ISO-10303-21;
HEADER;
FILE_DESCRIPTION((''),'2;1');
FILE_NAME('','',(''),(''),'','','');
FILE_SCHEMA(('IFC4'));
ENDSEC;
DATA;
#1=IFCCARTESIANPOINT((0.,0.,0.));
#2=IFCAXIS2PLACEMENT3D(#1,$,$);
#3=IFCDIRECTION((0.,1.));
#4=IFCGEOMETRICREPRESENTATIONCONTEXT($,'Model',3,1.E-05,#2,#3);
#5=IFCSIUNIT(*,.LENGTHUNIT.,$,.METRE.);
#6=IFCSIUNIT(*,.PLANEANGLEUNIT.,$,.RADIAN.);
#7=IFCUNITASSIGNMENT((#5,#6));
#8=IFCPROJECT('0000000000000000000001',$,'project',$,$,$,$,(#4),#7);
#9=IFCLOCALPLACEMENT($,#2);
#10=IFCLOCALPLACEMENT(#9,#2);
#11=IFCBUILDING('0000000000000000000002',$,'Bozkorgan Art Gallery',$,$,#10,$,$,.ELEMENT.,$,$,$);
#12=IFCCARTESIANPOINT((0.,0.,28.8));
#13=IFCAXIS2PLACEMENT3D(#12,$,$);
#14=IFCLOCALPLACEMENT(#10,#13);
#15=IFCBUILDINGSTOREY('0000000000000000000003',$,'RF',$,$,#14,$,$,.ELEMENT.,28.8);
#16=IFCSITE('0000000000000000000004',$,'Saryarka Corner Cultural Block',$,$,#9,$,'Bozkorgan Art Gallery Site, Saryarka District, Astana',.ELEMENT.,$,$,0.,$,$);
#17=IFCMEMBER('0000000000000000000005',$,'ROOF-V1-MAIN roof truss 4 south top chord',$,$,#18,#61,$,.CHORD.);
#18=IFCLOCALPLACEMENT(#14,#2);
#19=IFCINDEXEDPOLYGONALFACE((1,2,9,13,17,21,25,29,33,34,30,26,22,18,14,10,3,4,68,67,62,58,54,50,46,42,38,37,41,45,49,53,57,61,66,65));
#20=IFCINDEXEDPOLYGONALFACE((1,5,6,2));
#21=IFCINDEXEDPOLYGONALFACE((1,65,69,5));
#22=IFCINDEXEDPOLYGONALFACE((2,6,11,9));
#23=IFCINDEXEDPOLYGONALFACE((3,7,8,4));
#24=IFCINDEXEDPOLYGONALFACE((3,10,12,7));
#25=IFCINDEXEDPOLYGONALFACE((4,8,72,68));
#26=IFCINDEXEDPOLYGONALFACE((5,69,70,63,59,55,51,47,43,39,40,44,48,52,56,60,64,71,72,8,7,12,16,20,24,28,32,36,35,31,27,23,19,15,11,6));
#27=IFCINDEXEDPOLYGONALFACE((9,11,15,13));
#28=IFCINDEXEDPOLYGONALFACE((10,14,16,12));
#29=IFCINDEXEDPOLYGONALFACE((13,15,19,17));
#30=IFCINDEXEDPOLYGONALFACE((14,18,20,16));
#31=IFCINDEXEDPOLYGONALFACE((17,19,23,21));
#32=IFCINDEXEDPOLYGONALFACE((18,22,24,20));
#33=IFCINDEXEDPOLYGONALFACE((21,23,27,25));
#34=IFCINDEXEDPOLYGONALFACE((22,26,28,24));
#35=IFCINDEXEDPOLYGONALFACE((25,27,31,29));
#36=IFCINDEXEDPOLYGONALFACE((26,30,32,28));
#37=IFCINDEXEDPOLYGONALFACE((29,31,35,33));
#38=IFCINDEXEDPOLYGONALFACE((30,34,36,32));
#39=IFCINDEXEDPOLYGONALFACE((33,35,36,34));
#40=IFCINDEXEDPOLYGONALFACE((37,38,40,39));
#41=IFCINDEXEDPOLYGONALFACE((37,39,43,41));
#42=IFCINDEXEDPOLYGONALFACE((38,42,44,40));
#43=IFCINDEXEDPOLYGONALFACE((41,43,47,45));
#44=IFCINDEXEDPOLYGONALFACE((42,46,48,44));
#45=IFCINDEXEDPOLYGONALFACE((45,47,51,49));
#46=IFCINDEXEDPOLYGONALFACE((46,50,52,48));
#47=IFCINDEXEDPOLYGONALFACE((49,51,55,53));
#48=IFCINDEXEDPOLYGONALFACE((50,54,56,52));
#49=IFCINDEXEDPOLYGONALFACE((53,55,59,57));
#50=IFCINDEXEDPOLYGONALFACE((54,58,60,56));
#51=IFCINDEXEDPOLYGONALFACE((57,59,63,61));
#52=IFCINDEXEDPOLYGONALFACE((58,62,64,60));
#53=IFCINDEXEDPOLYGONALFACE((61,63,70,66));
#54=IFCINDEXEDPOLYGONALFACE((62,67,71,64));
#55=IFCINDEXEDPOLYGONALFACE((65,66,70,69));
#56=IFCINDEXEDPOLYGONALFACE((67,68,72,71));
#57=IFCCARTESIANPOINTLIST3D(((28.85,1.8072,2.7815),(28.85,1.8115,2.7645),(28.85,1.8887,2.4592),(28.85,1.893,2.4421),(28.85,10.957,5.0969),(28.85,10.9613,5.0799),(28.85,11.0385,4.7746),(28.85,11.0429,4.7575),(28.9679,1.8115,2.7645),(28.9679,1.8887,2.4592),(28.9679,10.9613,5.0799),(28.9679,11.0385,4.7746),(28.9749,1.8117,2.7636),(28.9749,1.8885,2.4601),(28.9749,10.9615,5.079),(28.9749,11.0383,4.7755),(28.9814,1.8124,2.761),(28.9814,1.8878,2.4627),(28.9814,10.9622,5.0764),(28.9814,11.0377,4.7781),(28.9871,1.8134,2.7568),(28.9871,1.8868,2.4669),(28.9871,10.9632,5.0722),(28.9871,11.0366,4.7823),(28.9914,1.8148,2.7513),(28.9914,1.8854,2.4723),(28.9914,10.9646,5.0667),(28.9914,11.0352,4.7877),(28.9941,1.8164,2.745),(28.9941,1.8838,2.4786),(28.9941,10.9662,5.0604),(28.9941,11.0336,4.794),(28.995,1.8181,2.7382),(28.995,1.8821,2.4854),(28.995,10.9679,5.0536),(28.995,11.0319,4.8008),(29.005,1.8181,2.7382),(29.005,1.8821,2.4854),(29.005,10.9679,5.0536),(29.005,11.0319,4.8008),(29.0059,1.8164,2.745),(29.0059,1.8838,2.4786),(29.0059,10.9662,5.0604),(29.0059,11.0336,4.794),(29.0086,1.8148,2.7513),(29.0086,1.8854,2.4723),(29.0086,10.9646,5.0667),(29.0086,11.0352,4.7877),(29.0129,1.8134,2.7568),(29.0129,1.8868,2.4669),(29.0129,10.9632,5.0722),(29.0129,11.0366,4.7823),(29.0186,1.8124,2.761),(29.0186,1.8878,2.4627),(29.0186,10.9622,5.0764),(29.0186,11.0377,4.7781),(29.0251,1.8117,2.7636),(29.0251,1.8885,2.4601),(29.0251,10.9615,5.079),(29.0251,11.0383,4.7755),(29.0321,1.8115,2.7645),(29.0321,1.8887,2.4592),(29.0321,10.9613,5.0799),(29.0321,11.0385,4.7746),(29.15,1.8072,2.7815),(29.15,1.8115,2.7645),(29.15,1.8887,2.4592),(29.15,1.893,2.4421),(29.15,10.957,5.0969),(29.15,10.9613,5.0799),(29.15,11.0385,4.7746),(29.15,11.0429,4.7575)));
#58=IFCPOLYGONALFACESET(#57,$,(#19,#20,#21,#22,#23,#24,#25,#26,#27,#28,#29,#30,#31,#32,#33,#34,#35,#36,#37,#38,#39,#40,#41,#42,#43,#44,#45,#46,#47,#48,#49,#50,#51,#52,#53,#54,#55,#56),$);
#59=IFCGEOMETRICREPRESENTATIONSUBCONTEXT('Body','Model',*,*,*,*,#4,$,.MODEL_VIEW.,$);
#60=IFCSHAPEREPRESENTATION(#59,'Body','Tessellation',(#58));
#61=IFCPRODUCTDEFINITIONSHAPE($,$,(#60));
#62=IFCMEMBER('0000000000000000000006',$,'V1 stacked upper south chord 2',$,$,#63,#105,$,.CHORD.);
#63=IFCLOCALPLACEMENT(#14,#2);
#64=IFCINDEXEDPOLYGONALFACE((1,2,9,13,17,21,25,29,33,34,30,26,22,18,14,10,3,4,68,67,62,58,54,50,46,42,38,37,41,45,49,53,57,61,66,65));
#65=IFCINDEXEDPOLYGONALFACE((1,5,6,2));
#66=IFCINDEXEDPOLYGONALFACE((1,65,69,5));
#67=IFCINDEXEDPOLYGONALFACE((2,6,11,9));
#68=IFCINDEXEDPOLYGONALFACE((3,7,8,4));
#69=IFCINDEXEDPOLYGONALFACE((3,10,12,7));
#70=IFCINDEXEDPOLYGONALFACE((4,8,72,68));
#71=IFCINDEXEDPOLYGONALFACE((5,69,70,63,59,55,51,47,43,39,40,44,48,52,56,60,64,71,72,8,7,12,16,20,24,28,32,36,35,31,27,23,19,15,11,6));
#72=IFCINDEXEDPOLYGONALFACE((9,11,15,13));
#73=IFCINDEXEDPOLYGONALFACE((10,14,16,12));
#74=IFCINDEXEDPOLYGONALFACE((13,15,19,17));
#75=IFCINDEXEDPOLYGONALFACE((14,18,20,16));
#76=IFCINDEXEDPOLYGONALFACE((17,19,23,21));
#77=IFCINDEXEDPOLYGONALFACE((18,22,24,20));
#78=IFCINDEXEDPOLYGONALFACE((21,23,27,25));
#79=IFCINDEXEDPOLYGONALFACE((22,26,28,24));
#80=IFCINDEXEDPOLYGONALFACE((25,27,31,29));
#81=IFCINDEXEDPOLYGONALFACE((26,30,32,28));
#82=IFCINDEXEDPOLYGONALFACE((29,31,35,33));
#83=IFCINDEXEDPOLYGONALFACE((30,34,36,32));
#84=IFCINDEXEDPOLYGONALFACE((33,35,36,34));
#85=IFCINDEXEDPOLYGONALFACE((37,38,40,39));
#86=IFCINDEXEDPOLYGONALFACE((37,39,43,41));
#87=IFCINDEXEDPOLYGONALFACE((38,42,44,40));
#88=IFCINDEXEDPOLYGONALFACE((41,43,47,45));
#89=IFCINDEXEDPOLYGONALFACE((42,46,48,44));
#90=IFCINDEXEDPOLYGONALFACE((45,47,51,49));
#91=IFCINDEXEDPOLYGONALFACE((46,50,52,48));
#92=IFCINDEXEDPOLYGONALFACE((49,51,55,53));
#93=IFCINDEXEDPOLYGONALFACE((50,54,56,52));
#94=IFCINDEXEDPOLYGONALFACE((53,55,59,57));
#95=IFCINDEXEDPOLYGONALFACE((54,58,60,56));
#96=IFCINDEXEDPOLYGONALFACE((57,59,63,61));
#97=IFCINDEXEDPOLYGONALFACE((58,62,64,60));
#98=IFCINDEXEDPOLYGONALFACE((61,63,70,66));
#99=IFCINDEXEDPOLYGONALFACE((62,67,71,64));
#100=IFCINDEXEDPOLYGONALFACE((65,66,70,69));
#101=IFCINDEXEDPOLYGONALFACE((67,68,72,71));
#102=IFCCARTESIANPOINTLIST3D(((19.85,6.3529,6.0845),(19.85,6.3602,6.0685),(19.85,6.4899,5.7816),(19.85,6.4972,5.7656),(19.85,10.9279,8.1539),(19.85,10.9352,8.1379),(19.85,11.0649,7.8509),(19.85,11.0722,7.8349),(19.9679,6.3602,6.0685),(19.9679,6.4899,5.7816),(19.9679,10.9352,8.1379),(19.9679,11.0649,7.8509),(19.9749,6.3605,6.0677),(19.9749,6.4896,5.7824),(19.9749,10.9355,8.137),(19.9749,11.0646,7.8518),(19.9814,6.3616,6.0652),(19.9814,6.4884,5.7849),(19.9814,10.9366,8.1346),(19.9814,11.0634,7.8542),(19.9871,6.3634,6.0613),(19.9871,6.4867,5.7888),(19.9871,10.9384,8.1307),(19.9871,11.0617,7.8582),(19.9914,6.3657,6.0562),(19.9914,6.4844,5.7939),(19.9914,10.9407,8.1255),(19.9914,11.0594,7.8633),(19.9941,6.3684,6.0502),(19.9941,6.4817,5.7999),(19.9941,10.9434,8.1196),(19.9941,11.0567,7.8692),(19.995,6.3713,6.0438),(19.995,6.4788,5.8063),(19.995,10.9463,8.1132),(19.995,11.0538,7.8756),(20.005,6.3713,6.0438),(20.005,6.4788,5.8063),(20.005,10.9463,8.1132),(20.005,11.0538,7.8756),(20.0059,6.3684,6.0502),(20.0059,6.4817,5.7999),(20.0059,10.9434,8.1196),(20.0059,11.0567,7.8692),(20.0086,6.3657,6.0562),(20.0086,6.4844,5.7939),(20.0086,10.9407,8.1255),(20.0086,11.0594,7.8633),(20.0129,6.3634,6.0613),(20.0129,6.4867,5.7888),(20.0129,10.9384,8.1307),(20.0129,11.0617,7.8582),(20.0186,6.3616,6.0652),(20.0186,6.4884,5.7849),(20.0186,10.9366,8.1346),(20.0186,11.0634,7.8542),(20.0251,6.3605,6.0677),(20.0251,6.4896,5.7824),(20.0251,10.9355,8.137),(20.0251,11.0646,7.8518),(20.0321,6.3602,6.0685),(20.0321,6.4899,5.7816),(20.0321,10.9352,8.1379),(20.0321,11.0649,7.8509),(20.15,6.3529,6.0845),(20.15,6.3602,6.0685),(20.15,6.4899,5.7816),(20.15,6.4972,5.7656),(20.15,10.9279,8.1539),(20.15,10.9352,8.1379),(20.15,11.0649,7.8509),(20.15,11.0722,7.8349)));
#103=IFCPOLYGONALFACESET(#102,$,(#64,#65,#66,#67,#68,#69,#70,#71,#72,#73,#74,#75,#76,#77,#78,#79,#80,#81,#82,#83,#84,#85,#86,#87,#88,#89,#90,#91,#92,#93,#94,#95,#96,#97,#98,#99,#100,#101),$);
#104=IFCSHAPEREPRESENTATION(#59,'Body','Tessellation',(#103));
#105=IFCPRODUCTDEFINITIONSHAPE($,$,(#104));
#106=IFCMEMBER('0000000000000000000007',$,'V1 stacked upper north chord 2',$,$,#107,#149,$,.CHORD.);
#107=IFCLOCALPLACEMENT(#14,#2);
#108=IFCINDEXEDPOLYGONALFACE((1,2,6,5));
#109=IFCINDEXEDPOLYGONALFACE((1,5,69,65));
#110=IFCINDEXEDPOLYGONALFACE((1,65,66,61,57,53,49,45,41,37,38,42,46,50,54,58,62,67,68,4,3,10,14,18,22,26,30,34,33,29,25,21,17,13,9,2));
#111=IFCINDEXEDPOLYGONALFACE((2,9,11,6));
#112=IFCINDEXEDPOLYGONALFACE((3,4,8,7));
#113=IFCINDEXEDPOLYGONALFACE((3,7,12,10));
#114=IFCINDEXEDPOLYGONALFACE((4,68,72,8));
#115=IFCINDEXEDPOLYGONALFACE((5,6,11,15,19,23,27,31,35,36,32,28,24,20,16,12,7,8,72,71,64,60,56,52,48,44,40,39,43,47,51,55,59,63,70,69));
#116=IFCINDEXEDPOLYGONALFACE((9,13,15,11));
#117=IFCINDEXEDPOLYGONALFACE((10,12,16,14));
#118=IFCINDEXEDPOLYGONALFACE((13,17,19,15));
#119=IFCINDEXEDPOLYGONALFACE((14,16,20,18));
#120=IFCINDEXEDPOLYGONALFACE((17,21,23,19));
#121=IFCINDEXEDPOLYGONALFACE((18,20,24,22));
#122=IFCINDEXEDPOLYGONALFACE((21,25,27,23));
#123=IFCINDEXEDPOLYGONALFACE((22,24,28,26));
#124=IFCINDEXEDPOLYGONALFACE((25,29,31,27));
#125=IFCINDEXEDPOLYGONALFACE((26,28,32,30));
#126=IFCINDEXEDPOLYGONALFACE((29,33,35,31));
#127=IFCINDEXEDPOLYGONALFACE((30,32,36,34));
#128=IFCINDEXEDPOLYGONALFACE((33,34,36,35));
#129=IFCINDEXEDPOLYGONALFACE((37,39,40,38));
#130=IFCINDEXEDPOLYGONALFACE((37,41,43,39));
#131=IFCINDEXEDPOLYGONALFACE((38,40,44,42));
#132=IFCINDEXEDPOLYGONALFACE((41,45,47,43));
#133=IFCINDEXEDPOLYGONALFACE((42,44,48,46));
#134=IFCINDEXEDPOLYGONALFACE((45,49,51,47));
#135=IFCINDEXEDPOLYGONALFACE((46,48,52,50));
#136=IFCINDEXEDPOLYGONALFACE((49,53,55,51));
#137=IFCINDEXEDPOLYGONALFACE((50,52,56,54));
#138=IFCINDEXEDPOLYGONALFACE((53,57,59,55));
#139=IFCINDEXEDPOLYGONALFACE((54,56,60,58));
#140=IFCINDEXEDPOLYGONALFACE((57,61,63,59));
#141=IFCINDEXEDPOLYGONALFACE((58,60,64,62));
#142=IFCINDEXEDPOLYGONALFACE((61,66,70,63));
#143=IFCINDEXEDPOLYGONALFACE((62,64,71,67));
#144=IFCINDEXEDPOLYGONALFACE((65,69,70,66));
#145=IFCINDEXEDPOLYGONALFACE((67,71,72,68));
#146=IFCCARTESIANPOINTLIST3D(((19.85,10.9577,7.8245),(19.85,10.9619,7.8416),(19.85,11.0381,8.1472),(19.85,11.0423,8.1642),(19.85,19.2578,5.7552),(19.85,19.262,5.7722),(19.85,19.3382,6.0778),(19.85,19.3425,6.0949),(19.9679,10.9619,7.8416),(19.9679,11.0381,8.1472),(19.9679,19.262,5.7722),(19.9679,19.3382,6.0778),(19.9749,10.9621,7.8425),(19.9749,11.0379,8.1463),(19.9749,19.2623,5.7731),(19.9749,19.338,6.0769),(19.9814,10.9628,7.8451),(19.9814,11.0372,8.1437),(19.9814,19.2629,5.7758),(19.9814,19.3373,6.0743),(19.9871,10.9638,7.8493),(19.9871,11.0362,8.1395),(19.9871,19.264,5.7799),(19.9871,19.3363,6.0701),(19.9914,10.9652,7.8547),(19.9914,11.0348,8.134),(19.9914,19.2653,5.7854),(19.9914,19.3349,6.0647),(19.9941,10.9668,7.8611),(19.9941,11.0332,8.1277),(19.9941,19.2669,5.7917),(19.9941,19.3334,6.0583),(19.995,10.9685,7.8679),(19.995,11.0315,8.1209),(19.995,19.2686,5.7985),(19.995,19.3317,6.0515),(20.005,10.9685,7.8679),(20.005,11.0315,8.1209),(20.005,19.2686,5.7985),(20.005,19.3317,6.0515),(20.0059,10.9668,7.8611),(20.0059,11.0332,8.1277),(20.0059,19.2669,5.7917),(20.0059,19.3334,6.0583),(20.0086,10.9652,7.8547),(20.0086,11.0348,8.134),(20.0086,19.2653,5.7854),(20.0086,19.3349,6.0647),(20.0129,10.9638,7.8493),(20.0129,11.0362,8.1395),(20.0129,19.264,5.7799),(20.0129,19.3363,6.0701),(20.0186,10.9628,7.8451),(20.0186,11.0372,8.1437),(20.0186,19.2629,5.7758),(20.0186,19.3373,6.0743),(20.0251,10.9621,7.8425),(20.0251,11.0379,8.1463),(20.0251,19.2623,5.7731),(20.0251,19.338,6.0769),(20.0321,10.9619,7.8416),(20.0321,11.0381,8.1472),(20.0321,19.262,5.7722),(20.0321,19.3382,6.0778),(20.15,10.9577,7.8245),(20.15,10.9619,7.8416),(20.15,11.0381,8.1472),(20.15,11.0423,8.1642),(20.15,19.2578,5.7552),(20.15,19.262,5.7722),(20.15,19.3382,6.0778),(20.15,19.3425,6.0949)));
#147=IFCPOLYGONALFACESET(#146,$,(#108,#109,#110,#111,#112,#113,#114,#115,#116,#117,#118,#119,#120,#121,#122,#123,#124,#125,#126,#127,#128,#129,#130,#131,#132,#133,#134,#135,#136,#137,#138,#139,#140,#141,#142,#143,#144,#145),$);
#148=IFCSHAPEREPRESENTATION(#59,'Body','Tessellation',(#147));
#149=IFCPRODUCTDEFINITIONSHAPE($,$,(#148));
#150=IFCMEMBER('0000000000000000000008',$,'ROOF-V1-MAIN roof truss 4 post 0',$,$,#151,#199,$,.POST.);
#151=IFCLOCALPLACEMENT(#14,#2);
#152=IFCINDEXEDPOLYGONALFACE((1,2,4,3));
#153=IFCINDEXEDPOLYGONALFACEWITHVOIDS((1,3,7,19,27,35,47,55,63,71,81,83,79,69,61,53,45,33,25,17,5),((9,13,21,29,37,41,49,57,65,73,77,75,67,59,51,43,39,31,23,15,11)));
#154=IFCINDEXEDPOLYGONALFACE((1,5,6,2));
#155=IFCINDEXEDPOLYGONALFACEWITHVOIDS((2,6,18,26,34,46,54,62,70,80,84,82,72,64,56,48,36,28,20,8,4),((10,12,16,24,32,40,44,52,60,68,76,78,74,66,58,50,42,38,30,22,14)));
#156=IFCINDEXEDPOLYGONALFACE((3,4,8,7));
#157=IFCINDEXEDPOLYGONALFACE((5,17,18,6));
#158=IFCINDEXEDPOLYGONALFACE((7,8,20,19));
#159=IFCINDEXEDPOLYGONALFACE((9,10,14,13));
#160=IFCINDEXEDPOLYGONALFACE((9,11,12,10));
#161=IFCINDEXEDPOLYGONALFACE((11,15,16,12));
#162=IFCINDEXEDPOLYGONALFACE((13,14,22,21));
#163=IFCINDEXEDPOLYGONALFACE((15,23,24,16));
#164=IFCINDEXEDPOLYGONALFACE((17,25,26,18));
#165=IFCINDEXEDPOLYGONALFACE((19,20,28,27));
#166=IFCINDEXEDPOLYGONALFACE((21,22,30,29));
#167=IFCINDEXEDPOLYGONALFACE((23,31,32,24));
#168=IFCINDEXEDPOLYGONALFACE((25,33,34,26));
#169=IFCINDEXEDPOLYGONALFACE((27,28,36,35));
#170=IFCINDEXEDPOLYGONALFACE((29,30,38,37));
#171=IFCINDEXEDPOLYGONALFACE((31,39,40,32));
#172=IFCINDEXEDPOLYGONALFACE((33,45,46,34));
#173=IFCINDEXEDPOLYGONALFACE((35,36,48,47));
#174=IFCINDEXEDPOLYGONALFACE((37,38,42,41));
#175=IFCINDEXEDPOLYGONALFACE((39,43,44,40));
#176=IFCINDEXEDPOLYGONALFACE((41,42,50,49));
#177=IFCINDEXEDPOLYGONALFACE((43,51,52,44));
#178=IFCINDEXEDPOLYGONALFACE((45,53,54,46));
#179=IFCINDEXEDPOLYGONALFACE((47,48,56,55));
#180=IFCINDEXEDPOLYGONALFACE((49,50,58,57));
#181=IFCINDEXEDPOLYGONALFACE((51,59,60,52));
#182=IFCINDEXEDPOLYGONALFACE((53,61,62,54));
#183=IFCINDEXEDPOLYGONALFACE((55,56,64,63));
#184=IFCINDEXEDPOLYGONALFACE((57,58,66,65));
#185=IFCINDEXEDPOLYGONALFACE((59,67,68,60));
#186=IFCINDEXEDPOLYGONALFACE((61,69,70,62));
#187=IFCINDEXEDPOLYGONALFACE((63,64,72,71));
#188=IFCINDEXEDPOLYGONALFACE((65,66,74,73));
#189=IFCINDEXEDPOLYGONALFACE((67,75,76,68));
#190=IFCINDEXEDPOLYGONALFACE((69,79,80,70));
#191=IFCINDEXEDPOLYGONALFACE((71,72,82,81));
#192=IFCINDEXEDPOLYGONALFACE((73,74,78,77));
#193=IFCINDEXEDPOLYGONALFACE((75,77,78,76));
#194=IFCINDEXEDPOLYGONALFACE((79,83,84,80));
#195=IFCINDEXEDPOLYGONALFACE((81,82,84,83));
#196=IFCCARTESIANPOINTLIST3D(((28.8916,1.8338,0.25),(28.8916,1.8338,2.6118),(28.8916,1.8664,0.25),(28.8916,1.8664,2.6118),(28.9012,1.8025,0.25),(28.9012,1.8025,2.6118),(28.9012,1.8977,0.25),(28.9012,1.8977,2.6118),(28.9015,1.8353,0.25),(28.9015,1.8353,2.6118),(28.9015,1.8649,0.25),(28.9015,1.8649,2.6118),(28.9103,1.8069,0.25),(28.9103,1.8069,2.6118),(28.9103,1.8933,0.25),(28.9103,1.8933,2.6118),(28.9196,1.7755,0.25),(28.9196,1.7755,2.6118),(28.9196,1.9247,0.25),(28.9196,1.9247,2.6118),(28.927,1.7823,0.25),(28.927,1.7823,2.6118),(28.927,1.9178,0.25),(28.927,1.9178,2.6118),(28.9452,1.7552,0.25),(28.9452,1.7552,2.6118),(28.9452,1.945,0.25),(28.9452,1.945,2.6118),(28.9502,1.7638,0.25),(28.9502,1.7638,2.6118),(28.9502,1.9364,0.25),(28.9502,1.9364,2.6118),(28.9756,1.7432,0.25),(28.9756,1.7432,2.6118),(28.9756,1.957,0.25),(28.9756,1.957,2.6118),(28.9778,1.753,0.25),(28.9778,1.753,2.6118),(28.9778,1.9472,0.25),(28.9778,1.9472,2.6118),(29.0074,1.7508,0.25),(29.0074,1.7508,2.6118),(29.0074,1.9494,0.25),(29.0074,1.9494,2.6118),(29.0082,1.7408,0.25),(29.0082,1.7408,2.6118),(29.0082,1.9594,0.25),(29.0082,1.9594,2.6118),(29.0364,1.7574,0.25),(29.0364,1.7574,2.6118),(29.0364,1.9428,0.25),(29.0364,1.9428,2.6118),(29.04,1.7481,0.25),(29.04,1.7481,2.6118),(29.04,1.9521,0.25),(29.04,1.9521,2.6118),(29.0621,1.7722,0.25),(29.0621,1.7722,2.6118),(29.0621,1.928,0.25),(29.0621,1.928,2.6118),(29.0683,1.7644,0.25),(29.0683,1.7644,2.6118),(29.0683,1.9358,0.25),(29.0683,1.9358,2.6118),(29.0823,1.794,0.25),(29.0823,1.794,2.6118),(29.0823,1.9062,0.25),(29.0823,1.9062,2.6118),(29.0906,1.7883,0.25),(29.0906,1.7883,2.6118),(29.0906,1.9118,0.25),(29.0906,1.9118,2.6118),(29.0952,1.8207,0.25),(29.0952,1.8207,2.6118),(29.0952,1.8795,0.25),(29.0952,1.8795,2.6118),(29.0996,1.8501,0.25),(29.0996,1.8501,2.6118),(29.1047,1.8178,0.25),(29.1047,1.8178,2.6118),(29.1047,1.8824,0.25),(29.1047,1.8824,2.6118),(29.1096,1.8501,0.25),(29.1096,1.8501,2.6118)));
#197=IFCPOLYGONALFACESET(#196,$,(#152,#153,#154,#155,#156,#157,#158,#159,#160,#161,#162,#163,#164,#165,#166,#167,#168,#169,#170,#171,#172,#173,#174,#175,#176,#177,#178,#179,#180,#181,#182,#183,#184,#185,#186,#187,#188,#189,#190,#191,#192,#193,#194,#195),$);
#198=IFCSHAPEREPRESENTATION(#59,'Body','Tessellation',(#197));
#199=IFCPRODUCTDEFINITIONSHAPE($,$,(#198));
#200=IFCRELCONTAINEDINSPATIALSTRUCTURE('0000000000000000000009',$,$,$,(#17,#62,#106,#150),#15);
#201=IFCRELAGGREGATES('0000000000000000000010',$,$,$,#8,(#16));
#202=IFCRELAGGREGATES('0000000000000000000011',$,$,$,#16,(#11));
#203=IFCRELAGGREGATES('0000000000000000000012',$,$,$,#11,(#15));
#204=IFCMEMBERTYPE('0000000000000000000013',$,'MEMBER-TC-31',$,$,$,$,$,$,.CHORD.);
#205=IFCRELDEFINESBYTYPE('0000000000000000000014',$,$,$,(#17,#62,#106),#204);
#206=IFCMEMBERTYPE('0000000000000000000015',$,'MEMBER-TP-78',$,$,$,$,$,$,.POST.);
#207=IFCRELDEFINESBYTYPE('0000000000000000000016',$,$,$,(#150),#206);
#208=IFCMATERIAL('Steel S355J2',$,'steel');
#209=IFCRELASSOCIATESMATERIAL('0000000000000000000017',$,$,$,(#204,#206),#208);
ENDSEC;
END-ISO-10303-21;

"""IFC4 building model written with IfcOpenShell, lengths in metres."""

from ifc_helpers import new_model, si_unit, direction, frame, origin, origin_2d, place, context, subcontext, project, spatial, hollow_circle, i_section, extrude, material, material_profile, profile_set, type_object, element, save


model = new_model("IFC4")

# Units and contexts
model_context = context("Model", 3, precision=1e-05, world=origin(), true_north=direction((0.0, 1.0)))
body_context = subcontext(model_context, "Body", "Model", "MODEL_VIEW")
ifc_project = project(units=[si_unit("LENGTHUNIT", "METRE"), si_unit("PLANEANGLEUNIT", "RADIAN")], contexts=[model_context])

# Site, building, storey
site_placement = place(None, origin())
site = spatial("IfcSite", under=ifc_project, at=site_placement, Name="Saryarka Corner Cultural Block", LongName="Bozkorgan Art Gallery Site, Saryarka District, Astana", CompositionType="ELEMENT", RefElevation=0.0)
building_placement = place(site_placement, origin())
building = spatial("IfcBuilding", under=site, at=building_placement, Name="Bozkorgan Art Gallery", CompositionType="ELEMENT")
storey_placement = place(building_placement, frame((0.0, 0.0, 28.8)))
storey = spatial("IfcBuildingStorey", under=building, at=storey_placement, Name="RF", CompositionType="ELEMENT", Elevation=28.8)

# Shared definitions
ifc_material_1 = material(Name="Steel S355J2", Category="steel")

# Members
ifc_material_profile_1 = material_profile(ifc_material_1, i_section(OverallWidth=0.3, OverallDepth=0.3501, WebThickness=0.01, FlangeThickness=0.0176, FilletRadius=0.0271, at=origin_2d()), Name="HEA 360")
ifc_profile_set_1 = profile_set([ifc_material_profile_1], Name="Steel S355J2")
member_type_1 = type_object("IfcMemberType", Name="MEMBER-TC-31", PredefinedType="CHORD", material=ifc_profile_set_1)
member_1_placement = place(storey_placement, frame((29.0, 1.8501, 2.6118), z_axis=(0.0, 0.969442, 0.245322), x_axis=(-1.0, 0.0, 0.0)))
element("IfcMember", 1, at=member_1_placement, inside=storey, type_object=member_type_1, Name="ROOF-V1-MAIN roof truss 4 south top chord", PredefinedType="CHORD", context=body_context, shape_type="SweptSolid", body=[
    extrude(i_section(OverallWidth=0.3, OverallDepth=0.3501, WebThickness=0.01, FlangeThickness=0.0176, FilletRadius=0.0271, at=origin_2d()), origin(), (0.0, 0.0, 1.0), 9.4382),
])
member_2_placement = place(storey_placement, frame((20.0, 6.425, 5.925), z_axis=(0.0, 0.911129, 0.412121), x_axis=(-1.0, 0.0, 0.0)))
element("IfcMember", 2, at=member_2_placement, inside=storey, type_object=member_type_1, Name="V1 stacked upper south chord 2", PredefinedType="CHORD", context=body_context, shape_type="SweptSolid", body=[
    extrude(i_section(OverallWidth=0.3, OverallDepth=0.3501, WebThickness=0.01, FlangeThickness=0.0176, FilletRadius=0.0271, at=origin_2d()), origin(), (0.0, 0.0, 1.0), 5.0212),
])
member_3_placement = place(storey_placement, frame((20.0, 11.0, 7.9944), z_axis=(0.0, 0.970298, -0.241911), x_axis=(-1.0, 0.0, 0.0)))
element("IfcMember", 3, at=member_3_placement, inside=storey, type_object=member_type_1, Name="V1 stacked upper north chord 2", PredefinedType="CHORD", context=body_context, shape_type="SweptSolid", body=[
    extrude(i_section(OverallWidth=0.3, OverallDepth=0.3501, WebThickness=0.01, FlangeThickness=0.0176, FilletRadius=0.0271, at=origin_2d()), origin(), (0.0, 0.0, 1.0), 8.5542),
])
ifc_material_profile_2 = material_profile(ifc_material_1, hollow_circle(Radius=0.1096, WallThickness=0.01, at=origin_2d()), Name="CHS 219.1x10")
ifc_profile_set_2 = profile_set([ifc_material_profile_2], Name="Steel S355J2")
member_type_2 = type_object("IfcMemberType", Name="MEMBER-TP-78", PredefinedType="POST", material=ifc_profile_set_2)
member_4_placement = place(storey_placement, frame((29.0, 1.8501, 0.25), z_axis=(0.0, 0.0, 1.0), x_axis=(1.0, 0.0, 0.0)))
element("IfcMember", 4, at=member_4_placement, inside=storey, type_object=member_type_2, Name="ROOF-V1-MAIN roof truss 4 post 0", PredefinedType="POST", context=body_context, shape_type="SweptSolid", body=[
    extrude(hollow_circle(Radius=0.1096, WallThickness=0.01, at=origin_2d()), origin(), (0.0, 0.0, 1.0), 2.3618),
])

save(model, "model.ifc")
